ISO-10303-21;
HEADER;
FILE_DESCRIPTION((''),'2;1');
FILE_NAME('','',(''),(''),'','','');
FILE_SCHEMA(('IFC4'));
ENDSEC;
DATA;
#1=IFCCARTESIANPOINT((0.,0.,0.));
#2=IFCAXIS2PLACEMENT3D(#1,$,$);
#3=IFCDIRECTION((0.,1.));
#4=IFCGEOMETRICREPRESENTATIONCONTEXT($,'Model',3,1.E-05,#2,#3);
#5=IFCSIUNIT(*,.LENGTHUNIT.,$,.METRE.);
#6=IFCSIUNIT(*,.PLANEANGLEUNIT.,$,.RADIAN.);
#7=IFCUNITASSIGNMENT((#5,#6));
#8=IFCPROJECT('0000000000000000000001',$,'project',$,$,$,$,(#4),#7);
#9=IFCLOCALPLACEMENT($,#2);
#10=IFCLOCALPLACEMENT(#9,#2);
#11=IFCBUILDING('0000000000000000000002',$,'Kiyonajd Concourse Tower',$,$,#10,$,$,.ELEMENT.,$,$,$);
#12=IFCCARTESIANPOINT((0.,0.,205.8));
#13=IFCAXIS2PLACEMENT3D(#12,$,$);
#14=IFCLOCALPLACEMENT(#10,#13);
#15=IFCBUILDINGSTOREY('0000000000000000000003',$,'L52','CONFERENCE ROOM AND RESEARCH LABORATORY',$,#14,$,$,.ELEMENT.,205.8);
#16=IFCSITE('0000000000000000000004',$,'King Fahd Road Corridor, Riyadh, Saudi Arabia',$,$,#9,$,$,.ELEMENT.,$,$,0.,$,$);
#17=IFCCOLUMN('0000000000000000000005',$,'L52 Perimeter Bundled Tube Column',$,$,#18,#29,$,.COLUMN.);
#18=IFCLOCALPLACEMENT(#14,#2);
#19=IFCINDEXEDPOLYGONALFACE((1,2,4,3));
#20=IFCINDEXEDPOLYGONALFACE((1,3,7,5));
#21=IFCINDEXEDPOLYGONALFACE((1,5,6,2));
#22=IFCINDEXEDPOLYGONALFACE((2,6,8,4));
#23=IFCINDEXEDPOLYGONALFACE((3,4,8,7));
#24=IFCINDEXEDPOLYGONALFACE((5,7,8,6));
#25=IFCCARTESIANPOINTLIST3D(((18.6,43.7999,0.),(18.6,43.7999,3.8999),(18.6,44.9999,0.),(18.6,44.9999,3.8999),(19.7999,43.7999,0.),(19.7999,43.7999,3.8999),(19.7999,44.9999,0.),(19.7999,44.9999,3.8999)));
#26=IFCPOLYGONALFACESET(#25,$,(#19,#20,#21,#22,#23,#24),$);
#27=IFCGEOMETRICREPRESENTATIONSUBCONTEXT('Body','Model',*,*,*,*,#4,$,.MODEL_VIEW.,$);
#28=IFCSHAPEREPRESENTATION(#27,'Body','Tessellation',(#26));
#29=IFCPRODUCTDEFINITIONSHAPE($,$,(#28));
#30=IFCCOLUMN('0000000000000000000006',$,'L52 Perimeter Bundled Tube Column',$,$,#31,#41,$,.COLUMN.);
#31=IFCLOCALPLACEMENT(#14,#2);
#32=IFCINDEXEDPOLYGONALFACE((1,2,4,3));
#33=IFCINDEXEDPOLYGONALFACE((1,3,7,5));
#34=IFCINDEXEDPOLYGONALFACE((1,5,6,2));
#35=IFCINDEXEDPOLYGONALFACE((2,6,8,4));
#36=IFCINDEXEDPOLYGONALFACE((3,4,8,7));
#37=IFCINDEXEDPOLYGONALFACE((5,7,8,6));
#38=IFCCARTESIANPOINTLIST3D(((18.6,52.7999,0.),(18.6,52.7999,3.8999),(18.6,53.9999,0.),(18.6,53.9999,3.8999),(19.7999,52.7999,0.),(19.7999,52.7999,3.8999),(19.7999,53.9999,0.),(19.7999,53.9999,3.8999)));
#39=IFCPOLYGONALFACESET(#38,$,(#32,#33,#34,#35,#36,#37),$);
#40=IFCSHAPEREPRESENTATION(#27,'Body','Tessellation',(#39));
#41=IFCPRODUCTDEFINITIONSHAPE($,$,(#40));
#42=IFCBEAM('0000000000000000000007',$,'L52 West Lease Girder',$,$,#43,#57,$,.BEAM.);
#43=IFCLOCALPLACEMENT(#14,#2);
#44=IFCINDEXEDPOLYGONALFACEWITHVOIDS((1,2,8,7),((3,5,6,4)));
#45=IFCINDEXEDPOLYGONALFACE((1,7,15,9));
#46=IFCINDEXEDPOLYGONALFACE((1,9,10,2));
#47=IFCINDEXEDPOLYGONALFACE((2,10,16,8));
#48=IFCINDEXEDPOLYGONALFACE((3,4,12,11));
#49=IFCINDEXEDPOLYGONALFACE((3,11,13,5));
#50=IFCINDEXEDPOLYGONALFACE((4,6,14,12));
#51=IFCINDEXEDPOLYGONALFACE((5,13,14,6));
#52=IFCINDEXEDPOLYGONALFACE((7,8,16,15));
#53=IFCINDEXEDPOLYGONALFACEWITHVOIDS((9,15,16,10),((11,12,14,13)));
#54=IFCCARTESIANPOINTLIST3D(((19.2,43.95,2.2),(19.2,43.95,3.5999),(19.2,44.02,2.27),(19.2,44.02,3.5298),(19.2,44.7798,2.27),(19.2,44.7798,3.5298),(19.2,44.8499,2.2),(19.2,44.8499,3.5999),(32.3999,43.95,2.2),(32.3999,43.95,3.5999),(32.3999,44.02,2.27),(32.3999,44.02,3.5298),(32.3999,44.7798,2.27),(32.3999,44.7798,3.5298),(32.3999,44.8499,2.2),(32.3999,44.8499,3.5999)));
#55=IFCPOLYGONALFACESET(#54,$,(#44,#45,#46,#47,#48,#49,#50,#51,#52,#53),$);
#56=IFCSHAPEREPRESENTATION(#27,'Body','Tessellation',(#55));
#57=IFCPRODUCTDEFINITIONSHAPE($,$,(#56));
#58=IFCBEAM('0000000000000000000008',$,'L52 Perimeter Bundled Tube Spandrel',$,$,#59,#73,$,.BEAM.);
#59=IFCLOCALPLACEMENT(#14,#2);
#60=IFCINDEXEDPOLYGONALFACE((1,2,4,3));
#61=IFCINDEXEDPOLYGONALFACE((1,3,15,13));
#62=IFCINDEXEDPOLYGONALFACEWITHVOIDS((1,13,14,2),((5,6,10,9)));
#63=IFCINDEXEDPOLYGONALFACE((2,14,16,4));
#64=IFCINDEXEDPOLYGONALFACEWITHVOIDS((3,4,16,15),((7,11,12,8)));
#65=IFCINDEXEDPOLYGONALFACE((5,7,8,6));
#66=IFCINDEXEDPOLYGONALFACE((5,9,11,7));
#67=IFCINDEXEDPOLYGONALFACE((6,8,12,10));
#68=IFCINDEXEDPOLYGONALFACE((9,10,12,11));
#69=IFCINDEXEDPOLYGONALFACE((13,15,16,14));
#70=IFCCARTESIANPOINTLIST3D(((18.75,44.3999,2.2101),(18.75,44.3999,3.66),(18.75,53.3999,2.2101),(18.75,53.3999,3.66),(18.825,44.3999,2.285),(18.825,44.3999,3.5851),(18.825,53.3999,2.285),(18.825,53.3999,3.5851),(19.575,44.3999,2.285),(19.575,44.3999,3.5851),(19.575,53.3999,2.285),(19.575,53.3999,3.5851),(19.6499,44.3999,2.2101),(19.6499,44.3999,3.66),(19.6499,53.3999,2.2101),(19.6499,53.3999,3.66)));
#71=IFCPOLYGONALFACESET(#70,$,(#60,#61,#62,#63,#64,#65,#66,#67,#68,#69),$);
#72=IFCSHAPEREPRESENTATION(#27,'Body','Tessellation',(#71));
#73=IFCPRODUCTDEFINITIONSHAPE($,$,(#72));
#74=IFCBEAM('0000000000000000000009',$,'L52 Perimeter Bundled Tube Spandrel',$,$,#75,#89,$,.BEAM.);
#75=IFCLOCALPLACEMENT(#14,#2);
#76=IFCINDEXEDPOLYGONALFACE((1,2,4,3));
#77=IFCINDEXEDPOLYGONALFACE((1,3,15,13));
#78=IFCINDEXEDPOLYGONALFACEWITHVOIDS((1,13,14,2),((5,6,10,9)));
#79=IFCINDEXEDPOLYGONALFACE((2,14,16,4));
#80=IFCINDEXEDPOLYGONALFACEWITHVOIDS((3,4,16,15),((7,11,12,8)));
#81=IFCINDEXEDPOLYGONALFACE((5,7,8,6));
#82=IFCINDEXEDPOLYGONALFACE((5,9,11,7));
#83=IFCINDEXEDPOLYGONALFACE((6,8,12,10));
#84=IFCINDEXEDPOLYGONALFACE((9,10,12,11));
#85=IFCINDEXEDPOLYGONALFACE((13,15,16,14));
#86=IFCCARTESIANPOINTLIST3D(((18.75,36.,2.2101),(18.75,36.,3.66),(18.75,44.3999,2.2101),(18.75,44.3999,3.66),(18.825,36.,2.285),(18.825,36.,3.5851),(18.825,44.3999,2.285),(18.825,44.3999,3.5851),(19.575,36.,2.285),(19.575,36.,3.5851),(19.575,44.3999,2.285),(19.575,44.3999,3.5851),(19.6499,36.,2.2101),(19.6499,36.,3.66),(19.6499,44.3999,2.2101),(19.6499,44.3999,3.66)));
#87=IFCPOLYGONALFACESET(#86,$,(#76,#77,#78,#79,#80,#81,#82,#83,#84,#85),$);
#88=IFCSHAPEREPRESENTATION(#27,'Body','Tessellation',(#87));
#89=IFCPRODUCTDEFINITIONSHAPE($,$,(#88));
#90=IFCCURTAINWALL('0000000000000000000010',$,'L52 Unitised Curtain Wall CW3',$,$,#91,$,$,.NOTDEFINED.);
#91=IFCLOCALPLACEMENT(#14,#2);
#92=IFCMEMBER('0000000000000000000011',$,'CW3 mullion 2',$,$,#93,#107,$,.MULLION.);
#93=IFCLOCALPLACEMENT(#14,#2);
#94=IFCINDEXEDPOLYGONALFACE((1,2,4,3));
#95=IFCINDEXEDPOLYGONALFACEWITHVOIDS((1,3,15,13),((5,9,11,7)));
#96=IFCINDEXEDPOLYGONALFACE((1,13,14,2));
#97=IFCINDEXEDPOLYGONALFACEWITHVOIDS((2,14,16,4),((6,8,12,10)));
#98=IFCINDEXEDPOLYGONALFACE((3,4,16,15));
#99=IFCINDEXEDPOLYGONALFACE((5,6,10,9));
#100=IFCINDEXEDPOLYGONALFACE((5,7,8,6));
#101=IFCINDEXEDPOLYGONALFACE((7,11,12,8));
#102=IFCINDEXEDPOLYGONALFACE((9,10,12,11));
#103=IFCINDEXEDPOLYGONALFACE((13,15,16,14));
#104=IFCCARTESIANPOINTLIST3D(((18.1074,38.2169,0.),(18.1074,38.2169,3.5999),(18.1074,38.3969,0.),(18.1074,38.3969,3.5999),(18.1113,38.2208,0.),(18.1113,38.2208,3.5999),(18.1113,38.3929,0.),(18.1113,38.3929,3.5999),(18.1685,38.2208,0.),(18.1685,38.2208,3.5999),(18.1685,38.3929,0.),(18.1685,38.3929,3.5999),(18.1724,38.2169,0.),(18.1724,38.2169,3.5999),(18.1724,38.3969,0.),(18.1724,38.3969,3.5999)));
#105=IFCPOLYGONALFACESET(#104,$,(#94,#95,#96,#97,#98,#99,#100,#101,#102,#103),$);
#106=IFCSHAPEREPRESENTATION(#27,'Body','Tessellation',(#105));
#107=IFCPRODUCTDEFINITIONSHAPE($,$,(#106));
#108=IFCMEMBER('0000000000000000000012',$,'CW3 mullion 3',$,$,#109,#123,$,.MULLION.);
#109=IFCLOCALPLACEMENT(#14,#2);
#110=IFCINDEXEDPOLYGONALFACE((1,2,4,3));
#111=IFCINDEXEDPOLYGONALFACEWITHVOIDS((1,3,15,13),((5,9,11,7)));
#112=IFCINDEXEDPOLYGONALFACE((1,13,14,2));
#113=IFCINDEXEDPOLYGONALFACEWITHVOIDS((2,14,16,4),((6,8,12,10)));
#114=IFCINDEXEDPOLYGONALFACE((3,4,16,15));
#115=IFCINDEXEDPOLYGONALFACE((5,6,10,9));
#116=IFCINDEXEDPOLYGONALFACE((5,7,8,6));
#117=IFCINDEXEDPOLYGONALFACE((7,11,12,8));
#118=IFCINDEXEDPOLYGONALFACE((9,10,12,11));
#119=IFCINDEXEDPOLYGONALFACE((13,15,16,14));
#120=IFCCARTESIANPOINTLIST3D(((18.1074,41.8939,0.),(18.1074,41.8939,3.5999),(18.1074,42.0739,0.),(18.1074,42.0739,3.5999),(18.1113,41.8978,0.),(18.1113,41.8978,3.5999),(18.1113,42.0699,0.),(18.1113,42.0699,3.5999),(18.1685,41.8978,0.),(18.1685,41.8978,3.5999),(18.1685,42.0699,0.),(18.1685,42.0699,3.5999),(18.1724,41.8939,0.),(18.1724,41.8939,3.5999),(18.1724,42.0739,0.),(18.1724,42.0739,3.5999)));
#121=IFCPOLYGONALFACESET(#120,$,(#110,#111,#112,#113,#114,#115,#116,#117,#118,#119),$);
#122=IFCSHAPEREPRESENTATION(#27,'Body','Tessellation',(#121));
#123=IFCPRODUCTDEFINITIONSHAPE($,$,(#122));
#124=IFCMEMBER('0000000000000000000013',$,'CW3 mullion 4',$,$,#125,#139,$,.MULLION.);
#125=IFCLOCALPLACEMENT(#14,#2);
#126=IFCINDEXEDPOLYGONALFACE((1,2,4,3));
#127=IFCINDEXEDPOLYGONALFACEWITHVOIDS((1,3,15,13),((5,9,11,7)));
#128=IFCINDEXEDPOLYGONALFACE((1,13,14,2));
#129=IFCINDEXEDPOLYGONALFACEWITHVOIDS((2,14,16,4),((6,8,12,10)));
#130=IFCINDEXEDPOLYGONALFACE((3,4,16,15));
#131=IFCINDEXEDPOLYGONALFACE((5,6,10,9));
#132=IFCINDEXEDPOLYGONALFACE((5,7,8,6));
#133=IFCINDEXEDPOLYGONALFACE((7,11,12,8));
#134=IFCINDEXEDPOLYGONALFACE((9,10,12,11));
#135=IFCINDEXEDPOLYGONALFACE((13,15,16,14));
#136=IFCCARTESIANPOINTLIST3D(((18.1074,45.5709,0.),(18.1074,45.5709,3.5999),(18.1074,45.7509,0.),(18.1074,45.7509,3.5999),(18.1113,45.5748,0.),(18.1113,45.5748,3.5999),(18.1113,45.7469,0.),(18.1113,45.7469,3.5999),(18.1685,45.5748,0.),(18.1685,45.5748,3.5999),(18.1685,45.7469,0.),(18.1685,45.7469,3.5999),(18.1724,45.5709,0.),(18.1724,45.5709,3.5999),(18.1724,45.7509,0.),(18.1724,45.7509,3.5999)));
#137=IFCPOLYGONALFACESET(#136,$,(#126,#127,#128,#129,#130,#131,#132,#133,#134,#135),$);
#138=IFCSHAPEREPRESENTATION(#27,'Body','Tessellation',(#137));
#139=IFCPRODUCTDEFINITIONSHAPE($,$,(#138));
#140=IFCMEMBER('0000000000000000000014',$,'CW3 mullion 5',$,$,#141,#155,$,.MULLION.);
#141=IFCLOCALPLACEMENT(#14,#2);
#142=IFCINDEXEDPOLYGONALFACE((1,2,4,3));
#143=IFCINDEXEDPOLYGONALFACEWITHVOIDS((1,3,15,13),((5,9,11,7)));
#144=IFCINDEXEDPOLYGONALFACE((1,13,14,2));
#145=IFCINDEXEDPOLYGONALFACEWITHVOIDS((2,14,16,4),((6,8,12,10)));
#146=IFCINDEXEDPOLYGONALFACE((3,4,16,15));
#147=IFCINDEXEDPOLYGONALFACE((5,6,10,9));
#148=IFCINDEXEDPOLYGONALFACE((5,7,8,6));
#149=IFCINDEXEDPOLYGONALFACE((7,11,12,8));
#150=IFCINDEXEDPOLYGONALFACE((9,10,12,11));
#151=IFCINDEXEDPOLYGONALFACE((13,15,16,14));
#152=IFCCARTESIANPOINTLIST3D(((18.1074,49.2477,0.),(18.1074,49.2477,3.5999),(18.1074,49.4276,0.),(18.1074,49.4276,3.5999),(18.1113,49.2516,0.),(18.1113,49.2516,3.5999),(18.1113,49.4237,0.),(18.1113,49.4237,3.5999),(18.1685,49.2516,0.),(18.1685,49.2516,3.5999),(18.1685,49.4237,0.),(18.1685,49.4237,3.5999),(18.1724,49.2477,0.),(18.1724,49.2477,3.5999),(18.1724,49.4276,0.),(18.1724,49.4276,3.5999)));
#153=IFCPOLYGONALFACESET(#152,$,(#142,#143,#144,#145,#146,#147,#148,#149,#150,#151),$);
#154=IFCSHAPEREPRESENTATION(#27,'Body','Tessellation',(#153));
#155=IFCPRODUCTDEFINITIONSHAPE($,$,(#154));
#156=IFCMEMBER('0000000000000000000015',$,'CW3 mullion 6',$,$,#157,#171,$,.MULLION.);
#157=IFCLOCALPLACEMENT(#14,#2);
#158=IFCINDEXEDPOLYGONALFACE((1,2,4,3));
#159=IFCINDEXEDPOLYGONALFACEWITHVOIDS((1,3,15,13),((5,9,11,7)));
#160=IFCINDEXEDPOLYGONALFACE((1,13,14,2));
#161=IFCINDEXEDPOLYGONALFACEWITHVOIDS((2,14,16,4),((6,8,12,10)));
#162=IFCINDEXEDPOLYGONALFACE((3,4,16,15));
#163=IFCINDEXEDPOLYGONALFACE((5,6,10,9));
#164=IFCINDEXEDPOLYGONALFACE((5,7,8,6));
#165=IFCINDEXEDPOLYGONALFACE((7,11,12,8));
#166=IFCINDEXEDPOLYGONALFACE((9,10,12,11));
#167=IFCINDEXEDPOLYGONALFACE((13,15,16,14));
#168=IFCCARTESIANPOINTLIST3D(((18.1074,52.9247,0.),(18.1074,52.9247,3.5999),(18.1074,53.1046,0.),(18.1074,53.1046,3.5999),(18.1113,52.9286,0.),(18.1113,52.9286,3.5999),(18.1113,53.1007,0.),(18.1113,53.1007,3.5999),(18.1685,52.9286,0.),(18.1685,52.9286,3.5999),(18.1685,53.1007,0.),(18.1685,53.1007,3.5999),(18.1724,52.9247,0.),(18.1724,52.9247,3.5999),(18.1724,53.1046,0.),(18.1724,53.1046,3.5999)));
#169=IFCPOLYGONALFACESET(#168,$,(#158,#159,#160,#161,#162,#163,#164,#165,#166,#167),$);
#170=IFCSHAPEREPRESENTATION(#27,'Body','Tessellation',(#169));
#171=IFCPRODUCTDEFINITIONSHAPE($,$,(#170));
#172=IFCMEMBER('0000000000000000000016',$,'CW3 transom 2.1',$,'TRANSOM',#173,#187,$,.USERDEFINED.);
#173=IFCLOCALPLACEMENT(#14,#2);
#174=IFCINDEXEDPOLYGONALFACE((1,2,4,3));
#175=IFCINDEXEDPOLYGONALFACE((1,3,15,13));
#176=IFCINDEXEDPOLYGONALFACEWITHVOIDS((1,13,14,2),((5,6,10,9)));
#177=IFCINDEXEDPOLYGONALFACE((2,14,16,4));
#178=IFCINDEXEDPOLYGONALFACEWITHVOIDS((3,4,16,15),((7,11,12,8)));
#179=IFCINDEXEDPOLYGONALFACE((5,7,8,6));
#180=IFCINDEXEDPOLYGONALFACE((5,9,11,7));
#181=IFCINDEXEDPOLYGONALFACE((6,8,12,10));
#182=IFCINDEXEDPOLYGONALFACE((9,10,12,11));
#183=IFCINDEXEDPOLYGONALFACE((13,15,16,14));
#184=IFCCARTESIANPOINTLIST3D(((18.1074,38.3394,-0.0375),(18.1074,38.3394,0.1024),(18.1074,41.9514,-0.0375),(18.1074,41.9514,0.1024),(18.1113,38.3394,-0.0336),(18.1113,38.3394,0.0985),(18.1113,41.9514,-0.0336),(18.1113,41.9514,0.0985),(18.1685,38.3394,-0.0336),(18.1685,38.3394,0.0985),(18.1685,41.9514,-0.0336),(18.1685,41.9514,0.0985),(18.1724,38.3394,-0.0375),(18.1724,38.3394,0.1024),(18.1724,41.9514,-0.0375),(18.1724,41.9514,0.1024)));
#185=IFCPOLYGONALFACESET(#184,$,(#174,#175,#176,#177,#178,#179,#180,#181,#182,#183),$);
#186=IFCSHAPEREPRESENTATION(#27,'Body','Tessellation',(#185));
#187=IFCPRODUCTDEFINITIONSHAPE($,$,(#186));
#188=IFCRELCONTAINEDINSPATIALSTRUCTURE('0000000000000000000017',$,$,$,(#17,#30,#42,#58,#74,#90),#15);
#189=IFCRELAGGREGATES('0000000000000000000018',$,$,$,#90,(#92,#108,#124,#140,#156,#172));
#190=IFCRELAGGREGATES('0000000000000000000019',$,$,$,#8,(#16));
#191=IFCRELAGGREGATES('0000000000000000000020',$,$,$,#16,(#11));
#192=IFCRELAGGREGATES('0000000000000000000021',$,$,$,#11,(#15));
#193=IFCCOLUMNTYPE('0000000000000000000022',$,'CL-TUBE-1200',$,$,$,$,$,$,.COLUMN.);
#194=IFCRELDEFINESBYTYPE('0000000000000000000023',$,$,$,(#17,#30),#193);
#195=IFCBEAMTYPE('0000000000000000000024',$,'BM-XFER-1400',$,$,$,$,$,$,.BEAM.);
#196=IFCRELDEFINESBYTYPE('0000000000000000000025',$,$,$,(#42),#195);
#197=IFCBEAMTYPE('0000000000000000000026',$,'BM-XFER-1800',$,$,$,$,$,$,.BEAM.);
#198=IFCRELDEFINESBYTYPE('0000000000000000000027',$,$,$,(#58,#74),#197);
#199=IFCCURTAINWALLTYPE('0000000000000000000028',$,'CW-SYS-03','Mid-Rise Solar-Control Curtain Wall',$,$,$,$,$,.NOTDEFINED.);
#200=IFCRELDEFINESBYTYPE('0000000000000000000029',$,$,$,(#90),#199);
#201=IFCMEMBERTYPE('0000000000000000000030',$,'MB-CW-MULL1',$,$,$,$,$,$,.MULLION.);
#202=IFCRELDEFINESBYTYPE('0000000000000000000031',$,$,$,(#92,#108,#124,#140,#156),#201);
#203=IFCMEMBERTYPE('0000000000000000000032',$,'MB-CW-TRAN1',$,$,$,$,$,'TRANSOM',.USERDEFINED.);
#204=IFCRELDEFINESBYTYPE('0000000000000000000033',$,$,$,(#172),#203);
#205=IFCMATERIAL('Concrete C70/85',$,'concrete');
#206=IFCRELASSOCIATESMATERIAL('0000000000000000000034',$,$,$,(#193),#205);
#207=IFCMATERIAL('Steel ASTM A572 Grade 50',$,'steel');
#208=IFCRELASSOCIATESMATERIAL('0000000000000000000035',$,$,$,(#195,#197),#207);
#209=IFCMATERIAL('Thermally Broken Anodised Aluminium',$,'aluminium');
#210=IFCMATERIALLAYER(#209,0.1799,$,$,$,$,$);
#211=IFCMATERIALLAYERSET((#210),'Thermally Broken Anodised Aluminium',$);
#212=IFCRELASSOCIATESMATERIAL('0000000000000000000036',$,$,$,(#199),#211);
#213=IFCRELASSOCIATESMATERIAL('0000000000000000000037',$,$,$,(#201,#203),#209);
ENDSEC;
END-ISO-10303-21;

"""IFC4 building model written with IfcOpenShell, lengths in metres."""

from ifc_helpers import new_model, si_unit, direction, frame, origin, origin_2d, place, context, subcontext, project, spatial, rectangle, hollow_rectangle, extrude, material, layer, layer_set, material_profile, profile_set, type_object, element, aggregate, save


model = new_model("IFC4")

# Units and contexts
model_context = context("Model", 3, precision=1e-05, world=origin(), true_north=direction((0.0, 1.0)))
body_context = subcontext(model_context, "Body", "Model", "MODEL_VIEW")
ifc_project = project(units=[si_unit("LENGTHUNIT", "METRE"), si_unit("PLANEANGLEUNIT", "RADIAN")], contexts=[model_context])

# Site, building, storey
site_placement = place(None, origin())
site = spatial("IfcSite", under=ifc_project, at=site_placement, Name="King Fahd Road Corridor, Riyadh, Saudi Arabia", CompositionType="ELEMENT", RefElevation=0.0)
building_placement = place(site_placement, origin())
building = spatial("IfcBuilding", under=site, at=building_placement, Name="Kiyonajd Concourse Tower", CompositionType="ELEMENT")
storey_placement = place(building_placement, frame((0.0, 0.0, 205.8)))
storey = spatial("IfcBuildingStorey", under=building, at=storey_placement, Name="L52", Description="CONFERENCE ROOM AND RESEARCH LABORATORY", CompositionType="ELEMENT", Elevation=205.8)

# Columns
ifc_material_1 = material(Name="Concrete C70/85", Category="concrete")
ifc_material_profile_1 = material_profile(ifc_material_1, rectangle(XDim=1.2, YDim=1.2, at=origin_2d()), Name="RC-1200x1200")
ifc_profile_set_1 = profile_set([ifc_material_profile_1], Name="Concrete C70/85")
column_type = type_object("IfcColumnType", Name="CL-TUBE-1200", PredefinedType="COLUMN", material=ifc_profile_set_1)
for number, where, z_axis, x_axis, name in (
    (1, (19.2, 44.3999, 0.0), (0.0, 0.0, 1.0), (1.0, 0.0, 0.0), "L52 Perimeter Bundled Tube Column"),
    (2, (19.2, 53.3999, 0.0), (0.0, 0.0, 1.0), (1.0, 0.0, 0.0), "L52 Perimeter Bundled Tube Column"),
):
    element("IfcColumn", number, at=place(storey_placement, frame(where, z_axis=z_axis, x_axis=x_axis)), inside=storey, type_object=column_type, Name=name, PredefinedType="COLUMN", context=body_context, shape_type="SweptSolid", body=[
        extrude(rectangle(XDim=1.2, YDim=1.2, at=origin_2d()), origin(), (0.0, 0.0, 1.0), 3.8999),
    ])

# Beams
ifc_material_2 = material(Name="Steel ASTM A572 Grade 50", Category="steel")
ifc_material_profile_2 = material_profile(ifc_material_2, hollow_rectangle(XDim=0.8999, YDim=1.3999, WallThickness=0.0701, at=origin_2d()), Name="BOX-1400x900x70")
ifc_profile_set_2 = profile_set([ifc_material_profile_2], Name="Steel ASTM A572 Grade 50")
beam_type_1 = type_object("IfcBeamType", Name="BM-XFER-1400", PredefinedType="BEAM", material=ifc_profile_set_2)
beam_1_placement = place(storey_placement, frame((19.2, 44.3999, 2.8999), z_axis=(1.0, 0.0, 0.0), x_axis=(0.0, 1.0, 0.0)))
element("IfcBeam", 3, at=beam_1_placement, inside=storey, type_object=beam_type_1, Name="L52 West Lease Girder", PredefinedType="BEAM", context=body_context, shape_type="SweptSolid", body=[
    extrude(hollow_rectangle(XDim=0.8999, YDim=1.3999, WallThickness=0.0701, at=origin_2d()), origin(), (0.0, 0.0, 1.0), 13.2),
])
ifc_material_profile_3 = material_profile(ifc_material_2, hollow_rectangle(XDim=0.8999, YDim=1.45, WallThickness=0.075, at=origin_2d()), Name="BOX-1450x900x75")
ifc_profile_set_3 = profile_set([ifc_material_profile_3], Name="Steel ASTM A572 Grade 50")
beam_type_2 = type_object("IfcBeamType", Name="BM-XFER-1800", PredefinedType="BEAM", material=ifc_profile_set_3)
beam_2_placement = place(storey_placement, frame((19.2, 53.3999, 2.9351), z_axis=(0.0, -1.0, 0.0), x_axis=(1.0, 0.0, 0.0)))
element("IfcBeam", 4, at=beam_2_placement, inside=storey, type_object=beam_type_2, Name="L52 Perimeter Bundled Tube Spandrel", PredefinedType="BEAM", context=body_context, shape_type="SweptSolid", body=[
    extrude(hollow_rectangle(XDim=0.8999, YDim=1.45, WallThickness=0.075, at=origin_2d()), origin(), (0.0, 0.0, 1.0), 9.0),
])
beam_3_placement = place(storey_placement, frame((19.2, 44.3999, 2.9351), z_axis=(0.0, -1.0, 0.0), x_axis=(1.0, 0.0, 0.0)))
element("IfcBeam", 5, at=beam_3_placement, inside=storey, type_object=beam_type_2, Name="L52 Perimeter Bundled Tube Spandrel", PredefinedType="BEAM", context=body_context, shape_type="SweptSolid", body=[
    extrude(hollow_rectangle(XDim=0.8999, YDim=1.45, WallThickness=0.075, at=origin_2d()), origin(), (0.0, 0.0, 1.0), 8.3999),
])

# Curtain wall, members
ifc_material_3 = material(Name="Thermally Broken Anodised Aluminium", Category="aluminium")
ifc_layer_1 = layer(ifc_material_3, 0.1799)
ifc_layer_set_1 = layer_set([ifc_layer_1], Name="Thermally Broken Anodised Aluminium")
curtain_wall_type = type_object("IfcCurtainWallType", Name="CW-SYS-03", Description="Mid-Rise Solar-Control Curtain Wall", PredefinedType="NOTDEFINED", material=ifc_layer_set_1)
curtain_wall_placement = place(storey_placement, origin())
curtain_wall = element("IfcCurtainWall", 6, at=curtain_wall_placement, inside=storey, type_object=curtain_wall_type, Name="L52 Unitised Curtain Wall CW3", PredefinedType="NOTDEFINED")
ifc_material_profile_4 = material_profile(ifc_material_3, hollow_rectangle(XDim=0.0649, YDim=0.1799, WallThickness=0.0039, at=origin_2d()), Name="MULL-65x180")
ifc_profile_set_4 = profile_set([ifc_material_profile_4], Name="Thermally Broken Anodised Aluminium")
member_type_1 = type_object("IfcMemberType", Name="MB-CW-MULL1", PredefinedType="MULLION", material=ifc_profile_set_4)
member_1_placement = place(storey_placement, frame((18.1399, 38.3069, 0.0), z_axis=(0.0, 0.0, 1.0), x_axis=(-1.0, 0.0, 0.0)))
member_1 = element("IfcMember", 7, at=member_1_placement, type_object=member_type_1, Name="CW3 mullion 2", PredefinedType="MULLION", context=body_context, shape_type="SweptSolid", body=[
    extrude(hollow_rectangle(XDim=0.0649, YDim=0.1799, WallThickness=0.0039, at=origin_2d()), origin(), (0.0, 0.0, 1.0), 3.5999),
])
member_2_placement = place(storey_placement, frame((18.1399, 41.9839, 0.0), z_axis=(0.0, 0.0, 1.0), x_axis=(-1.0, 0.0, 0.0)))
member_2 = element("IfcMember", 8, at=member_2_placement, type_object=member_type_1, Name="CW3 mullion 3", PredefinedType="MULLION", context=body_context, shape_type="SweptSolid", body=[
    extrude(hollow_rectangle(XDim=0.0649, YDim=0.1799, WallThickness=0.0039, at=origin_2d()), origin(), (0.0, 0.0, 1.0), 3.5999),
])
member_3_placement = place(storey_placement, frame((18.1399, 45.6609, 0.0), z_axis=(0.0, 0.0, 1.0), x_axis=(-1.0, 0.0, 0.0)))
member_3 = element("IfcMember", 9, at=member_3_placement, type_object=member_type_1, Name="CW3 mullion 4", PredefinedType="MULLION", context=body_context, shape_type="SweptSolid", body=[
    extrude(hollow_rectangle(XDim=0.0649, YDim=0.1799, WallThickness=0.0039, at=origin_2d()), origin(), (0.0, 0.0, 1.0), 3.5999),
])
member_4_placement = place(storey_placement, frame((18.1399, 49.3376, 0.0), z_axis=(0.0, 0.0, 1.0), x_axis=(-1.0, 0.0, 0.0)))
member_4 = element("IfcMember", 10, at=member_4_placement, type_object=member_type_1, Name="CW3 mullion 5", PredefinedType="MULLION", context=body_context, shape_type="SweptSolid", body=[
    extrude(hollow_rectangle(XDim=0.0649, YDim=0.1799, WallThickness=0.0039, at=origin_2d()), origin(), (0.0, 0.0, 1.0), 3.5999),
])
member_5_placement = place(storey_placement, frame((18.1399, 53.0146, 0.0), z_axis=(0.0, 0.0, 1.0), x_axis=(-1.0, 0.0, 0.0)))
member_5 = element("IfcMember", 11, at=member_5_placement, type_object=member_type_1, Name="CW3 mullion 6", PredefinedType="MULLION", context=body_context, shape_type="SweptSolid", body=[
    extrude(hollow_rectangle(XDim=0.0649, YDim=0.1799, WallThickness=0.0039, at=origin_2d()), origin(), (0.0, 0.0, 1.0), 3.5999),
])
ifc_material_profile_5 = material_profile(ifc_material_3, hollow_rectangle(XDim=0.0649, YDim=0.1399, WallThickness=0.0039, at=origin_2d()), Name="TRAN-65x140")
ifc_profile_set_5 = profile_set([ifc_material_profile_5], Name="Thermally Broken Anodised Aluminium")
member_type_2 = type_object("IfcMemberType", Name="MB-CW-TRAN1", ElementType="TRANSOM", PredefinedType="USERDEFINED", material=ifc_profile_set_5)
member_6_placement = place(storey_placement, frame((18.1399, 38.3394, 0.0325), z_axis=(0.0, 1.0, 0.0), x_axis=(-1.0, 0.0, 0.0)))
member_6 = element("IfcMember", 12, at=member_6_placement, type_object=member_type_2, Name="CW3 transom 2.1", ObjectType="TRANSOM", PredefinedType="USERDEFINED", context=body_context, shape_type="SweptSolid", body=[
    extrude(hollow_rectangle(XDim=0.0649, YDim=0.1399, WallThickness=0.0039, at=origin_2d()), origin(), (0.0, 0.0, 1.0), 3.6121),
])

aggregate(curtain_wall, [member_1, member_2, member_3, member_4, member_5, member_6])

save(model, "model.ifc")
